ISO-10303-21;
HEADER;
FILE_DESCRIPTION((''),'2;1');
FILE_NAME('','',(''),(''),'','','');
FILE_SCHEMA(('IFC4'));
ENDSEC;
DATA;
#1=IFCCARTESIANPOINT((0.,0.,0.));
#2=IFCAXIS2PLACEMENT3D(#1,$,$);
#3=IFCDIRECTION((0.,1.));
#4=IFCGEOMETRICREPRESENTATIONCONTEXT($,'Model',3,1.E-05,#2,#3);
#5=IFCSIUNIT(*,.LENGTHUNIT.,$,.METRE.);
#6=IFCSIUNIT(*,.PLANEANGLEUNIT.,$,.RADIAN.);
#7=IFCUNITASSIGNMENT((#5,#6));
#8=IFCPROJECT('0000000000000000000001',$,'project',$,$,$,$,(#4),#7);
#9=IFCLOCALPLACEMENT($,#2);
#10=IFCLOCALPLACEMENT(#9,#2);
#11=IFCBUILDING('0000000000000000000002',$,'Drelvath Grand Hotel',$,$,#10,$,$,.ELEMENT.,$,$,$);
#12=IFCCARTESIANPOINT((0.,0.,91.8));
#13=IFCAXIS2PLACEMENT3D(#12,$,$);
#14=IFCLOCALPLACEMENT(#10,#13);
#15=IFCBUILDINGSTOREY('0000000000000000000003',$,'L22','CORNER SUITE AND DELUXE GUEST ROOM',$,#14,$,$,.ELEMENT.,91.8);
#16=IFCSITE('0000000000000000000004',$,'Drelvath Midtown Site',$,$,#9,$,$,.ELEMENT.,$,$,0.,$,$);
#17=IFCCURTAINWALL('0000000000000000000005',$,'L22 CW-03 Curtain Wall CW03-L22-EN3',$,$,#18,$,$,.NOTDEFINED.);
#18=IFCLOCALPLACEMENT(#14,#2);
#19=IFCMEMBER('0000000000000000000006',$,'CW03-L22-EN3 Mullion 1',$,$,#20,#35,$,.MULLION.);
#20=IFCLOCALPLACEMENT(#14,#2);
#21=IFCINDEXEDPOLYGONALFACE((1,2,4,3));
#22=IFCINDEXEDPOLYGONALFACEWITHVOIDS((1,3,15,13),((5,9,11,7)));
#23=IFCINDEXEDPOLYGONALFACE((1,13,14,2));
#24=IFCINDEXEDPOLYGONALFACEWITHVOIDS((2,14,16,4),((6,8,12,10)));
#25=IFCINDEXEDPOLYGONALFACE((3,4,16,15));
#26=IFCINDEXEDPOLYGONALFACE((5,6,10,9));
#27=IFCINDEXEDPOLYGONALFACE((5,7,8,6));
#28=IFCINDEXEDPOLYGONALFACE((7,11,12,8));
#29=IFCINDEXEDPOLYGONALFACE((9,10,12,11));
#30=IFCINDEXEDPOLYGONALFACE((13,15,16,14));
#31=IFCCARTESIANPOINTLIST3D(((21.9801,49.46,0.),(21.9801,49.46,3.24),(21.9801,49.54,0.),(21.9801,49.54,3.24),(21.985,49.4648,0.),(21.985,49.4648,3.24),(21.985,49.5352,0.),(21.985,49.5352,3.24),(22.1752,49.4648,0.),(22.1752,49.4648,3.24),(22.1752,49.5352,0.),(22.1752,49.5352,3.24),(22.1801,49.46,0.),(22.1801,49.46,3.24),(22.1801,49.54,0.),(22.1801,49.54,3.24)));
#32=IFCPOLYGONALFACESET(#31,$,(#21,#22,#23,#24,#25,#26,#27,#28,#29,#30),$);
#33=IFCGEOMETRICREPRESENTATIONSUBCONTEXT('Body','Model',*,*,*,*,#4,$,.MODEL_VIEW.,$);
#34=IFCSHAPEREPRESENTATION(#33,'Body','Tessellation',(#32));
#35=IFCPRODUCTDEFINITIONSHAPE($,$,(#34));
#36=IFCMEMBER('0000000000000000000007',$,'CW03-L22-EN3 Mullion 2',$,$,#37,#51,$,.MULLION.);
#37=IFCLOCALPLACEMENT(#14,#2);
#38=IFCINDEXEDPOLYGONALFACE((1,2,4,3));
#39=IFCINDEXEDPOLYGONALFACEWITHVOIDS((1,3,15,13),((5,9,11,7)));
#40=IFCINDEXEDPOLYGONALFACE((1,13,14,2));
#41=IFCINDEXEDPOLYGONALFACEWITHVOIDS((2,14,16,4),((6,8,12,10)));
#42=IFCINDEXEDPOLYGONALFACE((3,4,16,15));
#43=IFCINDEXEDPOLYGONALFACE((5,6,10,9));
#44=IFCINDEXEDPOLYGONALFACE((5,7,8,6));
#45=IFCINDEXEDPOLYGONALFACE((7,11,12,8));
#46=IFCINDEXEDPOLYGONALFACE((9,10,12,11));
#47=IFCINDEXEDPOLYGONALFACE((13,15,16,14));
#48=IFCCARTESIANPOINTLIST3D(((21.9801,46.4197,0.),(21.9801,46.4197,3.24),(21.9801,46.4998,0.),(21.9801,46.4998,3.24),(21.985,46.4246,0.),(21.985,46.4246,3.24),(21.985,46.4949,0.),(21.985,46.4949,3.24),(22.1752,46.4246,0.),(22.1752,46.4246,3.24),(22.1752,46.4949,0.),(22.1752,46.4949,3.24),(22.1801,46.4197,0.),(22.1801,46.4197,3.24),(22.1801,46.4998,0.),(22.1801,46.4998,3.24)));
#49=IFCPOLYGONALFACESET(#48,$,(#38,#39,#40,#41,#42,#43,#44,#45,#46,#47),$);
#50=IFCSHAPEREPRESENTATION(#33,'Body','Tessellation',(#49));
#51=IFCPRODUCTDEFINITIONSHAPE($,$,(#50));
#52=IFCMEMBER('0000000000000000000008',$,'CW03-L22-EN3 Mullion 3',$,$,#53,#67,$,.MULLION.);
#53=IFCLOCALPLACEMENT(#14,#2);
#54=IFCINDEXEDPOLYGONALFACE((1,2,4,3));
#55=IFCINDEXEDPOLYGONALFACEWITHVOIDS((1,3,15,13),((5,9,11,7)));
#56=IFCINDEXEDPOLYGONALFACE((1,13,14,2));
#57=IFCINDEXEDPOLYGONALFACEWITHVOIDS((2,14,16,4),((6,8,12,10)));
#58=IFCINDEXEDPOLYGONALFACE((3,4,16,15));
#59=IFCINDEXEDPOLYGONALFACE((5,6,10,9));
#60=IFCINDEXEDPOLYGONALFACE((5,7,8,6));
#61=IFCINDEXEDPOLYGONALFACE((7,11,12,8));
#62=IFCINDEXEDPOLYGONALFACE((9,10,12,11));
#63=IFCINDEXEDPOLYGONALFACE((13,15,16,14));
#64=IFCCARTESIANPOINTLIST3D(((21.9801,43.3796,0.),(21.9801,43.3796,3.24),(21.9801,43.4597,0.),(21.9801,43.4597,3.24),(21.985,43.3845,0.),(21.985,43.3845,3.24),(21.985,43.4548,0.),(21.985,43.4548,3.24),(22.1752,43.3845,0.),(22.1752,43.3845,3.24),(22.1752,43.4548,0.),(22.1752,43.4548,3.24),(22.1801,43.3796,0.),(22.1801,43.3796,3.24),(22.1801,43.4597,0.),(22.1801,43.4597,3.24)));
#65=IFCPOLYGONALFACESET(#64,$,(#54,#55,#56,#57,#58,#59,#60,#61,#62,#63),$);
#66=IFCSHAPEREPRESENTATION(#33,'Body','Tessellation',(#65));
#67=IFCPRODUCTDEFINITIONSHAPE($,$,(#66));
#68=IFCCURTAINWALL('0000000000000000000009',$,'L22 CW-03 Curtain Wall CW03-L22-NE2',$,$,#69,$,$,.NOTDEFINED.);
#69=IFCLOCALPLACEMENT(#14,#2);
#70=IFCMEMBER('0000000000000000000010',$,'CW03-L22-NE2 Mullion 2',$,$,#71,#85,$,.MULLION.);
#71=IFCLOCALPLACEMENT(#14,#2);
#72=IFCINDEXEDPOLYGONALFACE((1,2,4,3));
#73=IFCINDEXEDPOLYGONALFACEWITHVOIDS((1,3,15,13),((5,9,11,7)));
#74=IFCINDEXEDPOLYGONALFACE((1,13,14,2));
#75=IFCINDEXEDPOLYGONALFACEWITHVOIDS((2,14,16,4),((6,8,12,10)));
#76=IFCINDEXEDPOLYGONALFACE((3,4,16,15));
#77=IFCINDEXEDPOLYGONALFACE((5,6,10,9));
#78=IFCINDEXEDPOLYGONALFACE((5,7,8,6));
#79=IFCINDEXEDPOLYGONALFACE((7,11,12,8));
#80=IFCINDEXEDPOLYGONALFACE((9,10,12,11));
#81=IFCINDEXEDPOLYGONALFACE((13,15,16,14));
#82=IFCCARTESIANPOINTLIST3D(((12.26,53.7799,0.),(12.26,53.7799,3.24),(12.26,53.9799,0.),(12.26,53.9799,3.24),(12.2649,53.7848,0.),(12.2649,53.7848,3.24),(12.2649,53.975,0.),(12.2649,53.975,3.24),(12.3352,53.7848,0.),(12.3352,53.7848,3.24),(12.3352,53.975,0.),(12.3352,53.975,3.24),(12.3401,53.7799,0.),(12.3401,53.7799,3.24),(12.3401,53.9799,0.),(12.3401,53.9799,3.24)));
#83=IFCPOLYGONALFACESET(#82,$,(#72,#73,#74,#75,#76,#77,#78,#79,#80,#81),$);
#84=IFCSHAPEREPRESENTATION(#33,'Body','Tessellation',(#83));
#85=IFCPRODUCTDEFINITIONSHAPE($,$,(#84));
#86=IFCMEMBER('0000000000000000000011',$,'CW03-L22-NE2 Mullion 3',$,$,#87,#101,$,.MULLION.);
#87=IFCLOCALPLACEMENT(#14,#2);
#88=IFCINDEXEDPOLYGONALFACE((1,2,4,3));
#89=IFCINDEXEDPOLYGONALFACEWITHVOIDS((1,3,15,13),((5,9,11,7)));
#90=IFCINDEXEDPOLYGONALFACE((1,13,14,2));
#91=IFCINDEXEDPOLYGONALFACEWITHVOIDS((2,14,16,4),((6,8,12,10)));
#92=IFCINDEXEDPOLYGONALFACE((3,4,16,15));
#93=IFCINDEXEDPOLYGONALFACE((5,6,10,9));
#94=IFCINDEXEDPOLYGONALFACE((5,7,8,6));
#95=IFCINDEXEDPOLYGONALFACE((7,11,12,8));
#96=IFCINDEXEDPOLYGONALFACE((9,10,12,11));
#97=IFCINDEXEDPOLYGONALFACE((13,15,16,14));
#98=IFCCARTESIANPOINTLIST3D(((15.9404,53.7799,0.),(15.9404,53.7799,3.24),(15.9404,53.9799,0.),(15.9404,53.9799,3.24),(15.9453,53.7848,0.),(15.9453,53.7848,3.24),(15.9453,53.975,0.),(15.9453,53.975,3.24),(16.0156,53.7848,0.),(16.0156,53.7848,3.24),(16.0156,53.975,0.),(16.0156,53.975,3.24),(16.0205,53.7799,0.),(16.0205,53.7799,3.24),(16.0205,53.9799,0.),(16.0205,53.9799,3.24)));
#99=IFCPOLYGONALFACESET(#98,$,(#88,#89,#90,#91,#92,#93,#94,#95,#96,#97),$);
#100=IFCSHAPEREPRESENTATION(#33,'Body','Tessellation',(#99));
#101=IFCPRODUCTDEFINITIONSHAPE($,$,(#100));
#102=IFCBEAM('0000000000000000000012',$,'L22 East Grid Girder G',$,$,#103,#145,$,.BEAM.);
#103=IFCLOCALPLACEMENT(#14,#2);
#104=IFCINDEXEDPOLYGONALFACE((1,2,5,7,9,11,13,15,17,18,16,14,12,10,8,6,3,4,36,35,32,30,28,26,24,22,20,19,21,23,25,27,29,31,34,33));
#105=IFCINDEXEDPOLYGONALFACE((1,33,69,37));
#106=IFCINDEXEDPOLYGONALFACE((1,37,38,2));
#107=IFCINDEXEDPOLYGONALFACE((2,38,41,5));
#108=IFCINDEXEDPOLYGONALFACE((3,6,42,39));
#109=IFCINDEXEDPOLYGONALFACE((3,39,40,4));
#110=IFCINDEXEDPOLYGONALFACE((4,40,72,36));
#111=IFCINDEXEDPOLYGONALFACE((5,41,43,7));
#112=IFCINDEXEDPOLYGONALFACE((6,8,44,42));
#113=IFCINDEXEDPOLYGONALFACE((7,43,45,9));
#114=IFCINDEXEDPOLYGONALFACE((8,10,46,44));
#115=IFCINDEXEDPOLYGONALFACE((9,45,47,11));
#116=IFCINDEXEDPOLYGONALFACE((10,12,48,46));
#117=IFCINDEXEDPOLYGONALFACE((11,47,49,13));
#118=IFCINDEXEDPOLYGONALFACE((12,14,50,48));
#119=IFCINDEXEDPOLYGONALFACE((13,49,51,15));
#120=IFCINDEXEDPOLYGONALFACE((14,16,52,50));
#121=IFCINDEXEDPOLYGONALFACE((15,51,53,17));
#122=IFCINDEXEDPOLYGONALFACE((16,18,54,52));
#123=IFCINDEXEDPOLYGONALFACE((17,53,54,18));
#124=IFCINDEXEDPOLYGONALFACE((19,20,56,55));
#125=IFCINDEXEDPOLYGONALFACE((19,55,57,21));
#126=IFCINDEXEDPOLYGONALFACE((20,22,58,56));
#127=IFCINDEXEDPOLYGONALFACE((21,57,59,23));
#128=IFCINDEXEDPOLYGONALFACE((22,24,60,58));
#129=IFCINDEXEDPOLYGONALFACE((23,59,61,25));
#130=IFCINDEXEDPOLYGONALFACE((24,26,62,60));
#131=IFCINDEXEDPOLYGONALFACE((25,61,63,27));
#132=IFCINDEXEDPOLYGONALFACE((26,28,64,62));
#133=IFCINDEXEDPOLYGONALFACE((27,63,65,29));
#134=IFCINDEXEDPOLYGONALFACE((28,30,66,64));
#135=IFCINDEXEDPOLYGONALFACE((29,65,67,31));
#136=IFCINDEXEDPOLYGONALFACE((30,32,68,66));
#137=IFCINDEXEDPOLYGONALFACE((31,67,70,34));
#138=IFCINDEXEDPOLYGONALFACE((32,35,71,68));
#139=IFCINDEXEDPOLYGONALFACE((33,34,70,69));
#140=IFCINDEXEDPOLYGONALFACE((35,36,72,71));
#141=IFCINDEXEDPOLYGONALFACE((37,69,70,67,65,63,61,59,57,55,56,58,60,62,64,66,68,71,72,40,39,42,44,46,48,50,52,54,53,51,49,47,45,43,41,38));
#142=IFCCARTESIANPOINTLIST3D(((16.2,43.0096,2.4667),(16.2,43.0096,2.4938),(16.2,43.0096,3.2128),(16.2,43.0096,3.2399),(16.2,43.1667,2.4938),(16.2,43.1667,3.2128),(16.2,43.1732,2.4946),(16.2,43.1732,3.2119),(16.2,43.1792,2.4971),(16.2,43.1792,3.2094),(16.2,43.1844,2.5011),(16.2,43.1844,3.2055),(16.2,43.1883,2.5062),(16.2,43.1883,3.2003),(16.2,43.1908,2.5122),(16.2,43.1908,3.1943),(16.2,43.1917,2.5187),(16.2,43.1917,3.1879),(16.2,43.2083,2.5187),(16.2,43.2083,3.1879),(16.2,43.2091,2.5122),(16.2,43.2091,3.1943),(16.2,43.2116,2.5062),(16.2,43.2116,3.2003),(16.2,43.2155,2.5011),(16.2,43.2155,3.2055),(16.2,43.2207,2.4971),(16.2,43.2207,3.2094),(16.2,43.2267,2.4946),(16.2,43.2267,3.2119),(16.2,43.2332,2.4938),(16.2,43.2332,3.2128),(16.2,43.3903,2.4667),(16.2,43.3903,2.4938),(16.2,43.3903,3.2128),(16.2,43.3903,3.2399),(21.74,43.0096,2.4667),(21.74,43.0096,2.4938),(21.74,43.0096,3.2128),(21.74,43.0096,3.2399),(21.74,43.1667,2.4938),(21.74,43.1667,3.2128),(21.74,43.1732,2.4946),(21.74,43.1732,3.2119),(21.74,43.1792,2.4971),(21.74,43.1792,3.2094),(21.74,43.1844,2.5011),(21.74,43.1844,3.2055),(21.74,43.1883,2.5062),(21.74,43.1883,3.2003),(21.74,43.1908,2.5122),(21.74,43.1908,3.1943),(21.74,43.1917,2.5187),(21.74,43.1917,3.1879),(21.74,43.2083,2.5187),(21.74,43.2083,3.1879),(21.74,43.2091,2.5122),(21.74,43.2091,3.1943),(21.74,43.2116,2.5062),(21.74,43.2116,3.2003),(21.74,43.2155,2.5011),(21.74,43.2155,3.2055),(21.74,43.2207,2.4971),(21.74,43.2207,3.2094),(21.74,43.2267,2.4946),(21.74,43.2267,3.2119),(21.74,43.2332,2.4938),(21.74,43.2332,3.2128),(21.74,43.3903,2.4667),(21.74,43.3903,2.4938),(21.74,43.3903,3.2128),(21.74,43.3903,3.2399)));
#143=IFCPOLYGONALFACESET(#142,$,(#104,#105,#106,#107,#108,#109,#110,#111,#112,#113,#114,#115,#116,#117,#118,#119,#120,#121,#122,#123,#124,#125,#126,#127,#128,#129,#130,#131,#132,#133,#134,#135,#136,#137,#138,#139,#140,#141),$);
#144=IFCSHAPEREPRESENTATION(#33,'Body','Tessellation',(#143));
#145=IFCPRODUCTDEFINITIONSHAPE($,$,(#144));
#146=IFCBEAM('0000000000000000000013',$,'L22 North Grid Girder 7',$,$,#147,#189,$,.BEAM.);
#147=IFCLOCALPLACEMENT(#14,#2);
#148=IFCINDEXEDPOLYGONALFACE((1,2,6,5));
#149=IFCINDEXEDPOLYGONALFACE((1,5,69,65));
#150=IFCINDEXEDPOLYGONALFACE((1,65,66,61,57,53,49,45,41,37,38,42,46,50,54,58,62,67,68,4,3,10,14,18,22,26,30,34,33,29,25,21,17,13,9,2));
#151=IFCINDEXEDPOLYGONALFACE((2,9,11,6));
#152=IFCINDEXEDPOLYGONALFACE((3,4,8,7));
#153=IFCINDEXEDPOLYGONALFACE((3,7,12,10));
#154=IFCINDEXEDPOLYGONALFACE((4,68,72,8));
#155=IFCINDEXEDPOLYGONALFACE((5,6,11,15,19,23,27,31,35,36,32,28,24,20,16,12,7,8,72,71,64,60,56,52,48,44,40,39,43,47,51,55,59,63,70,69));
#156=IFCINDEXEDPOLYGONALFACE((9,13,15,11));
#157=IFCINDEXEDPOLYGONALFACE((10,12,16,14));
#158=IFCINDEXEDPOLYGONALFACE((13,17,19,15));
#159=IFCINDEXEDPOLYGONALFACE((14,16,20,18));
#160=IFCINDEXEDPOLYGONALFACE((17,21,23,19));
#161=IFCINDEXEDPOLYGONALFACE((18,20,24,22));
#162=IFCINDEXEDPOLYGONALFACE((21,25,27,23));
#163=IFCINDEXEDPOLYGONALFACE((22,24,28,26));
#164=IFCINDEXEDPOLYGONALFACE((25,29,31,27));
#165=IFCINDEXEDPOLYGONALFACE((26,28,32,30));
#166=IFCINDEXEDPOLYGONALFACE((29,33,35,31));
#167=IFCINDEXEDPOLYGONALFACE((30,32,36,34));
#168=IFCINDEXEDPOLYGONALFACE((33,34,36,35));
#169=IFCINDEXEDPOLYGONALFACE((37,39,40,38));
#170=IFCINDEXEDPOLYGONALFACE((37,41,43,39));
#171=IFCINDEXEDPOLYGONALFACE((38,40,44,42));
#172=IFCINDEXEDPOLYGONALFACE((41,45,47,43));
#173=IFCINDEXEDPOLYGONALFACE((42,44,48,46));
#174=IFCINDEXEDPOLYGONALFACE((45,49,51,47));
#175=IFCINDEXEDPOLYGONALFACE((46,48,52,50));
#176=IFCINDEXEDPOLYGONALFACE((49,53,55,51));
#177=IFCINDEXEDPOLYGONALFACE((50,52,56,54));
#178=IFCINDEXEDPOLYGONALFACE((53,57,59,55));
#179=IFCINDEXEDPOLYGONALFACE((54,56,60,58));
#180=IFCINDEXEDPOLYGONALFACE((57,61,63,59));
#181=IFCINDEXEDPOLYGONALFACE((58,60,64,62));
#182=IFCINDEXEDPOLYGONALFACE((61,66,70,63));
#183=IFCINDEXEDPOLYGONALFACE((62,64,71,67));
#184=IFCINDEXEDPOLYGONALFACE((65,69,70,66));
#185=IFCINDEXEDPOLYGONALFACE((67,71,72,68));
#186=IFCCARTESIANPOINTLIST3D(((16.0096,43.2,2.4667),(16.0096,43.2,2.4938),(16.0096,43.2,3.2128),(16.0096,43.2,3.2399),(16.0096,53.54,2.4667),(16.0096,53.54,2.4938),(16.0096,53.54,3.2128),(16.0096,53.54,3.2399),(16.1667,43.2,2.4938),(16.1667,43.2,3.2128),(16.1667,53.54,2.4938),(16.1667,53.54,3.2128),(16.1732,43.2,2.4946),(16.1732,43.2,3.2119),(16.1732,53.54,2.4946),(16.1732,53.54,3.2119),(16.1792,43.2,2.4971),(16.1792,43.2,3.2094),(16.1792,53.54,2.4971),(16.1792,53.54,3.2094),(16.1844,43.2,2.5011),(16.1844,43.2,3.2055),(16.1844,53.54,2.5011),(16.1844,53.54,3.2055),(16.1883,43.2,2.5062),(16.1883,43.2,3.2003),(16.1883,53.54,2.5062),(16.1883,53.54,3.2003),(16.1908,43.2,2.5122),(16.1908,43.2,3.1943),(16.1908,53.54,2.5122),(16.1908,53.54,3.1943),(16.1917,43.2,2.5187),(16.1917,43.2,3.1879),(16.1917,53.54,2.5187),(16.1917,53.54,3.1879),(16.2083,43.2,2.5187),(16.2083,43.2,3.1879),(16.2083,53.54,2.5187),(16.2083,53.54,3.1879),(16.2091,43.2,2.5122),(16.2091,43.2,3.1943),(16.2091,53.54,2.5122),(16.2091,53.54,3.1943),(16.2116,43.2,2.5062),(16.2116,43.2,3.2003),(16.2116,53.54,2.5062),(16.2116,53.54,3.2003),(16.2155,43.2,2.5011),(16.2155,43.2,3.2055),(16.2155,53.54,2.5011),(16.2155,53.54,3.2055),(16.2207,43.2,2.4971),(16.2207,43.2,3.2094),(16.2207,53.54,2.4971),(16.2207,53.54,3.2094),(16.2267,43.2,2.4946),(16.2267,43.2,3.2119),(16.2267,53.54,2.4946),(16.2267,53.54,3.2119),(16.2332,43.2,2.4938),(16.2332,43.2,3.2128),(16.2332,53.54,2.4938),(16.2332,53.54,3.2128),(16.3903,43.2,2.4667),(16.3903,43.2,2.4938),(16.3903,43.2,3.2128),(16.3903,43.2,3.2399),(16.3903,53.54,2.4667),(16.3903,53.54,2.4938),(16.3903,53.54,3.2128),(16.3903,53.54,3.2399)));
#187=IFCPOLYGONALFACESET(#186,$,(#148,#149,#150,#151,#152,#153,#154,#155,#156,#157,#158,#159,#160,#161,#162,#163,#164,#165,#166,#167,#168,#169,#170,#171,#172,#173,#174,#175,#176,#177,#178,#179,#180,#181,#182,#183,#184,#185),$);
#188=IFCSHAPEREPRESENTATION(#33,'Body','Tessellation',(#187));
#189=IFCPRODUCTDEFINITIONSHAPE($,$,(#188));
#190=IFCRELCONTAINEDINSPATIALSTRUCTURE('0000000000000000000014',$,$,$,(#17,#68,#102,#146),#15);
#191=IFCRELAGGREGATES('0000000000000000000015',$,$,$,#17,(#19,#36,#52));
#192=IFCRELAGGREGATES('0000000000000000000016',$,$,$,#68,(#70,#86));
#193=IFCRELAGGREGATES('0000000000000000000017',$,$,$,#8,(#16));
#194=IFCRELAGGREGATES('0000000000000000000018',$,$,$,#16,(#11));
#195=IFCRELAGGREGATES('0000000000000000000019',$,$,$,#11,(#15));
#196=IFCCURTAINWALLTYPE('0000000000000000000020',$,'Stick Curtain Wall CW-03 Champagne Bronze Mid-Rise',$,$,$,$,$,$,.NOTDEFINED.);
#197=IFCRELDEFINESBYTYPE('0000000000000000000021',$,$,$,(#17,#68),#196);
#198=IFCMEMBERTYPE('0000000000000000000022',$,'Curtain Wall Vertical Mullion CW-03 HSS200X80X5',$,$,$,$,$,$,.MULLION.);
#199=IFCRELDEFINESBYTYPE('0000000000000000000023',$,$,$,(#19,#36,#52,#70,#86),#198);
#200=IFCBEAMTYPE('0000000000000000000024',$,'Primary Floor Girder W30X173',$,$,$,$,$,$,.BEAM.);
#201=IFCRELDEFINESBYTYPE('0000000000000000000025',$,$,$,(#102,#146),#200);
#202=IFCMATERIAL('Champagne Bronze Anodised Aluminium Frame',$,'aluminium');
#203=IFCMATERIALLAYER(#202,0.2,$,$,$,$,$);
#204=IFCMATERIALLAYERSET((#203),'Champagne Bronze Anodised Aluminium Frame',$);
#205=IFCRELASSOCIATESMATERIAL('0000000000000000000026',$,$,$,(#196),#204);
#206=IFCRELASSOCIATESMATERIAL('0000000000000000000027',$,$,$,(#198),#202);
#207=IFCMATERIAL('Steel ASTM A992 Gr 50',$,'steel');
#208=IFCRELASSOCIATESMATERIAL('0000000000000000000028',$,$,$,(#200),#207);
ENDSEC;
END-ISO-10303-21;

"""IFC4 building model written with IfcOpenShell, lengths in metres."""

from ifc_helpers import new_model, si_unit, direction, frame, origin, origin_2d, place, context, subcontext, project, spatial, hollow_rectangle, i_section, extrude, material, layer, layer_set, material_profile, profile_set, type_object, element, aggregate, save


model = new_model("IFC4")

# Units and contexts
model_context = context("Model", 3, precision=1e-05, world=origin(), true_north=direction((0.0, 1.0)))
body_context = subcontext(model_context, "Body", "Model", "MODEL_VIEW")
ifc_project = project(units=[si_unit("LENGTHUNIT", "METRE"), si_unit("PLANEANGLEUNIT", "RADIAN")], contexts=[model_context])

# Site, building, storey
site_placement = place(None, origin())
site = spatial("IfcSite", under=ifc_project, at=site_placement, Name="Drelvath Midtown Site", CompositionType="ELEMENT", RefElevation=0.0)
building_placement = place(site_placement, origin())
building = spatial("IfcBuilding", under=site, at=building_placement, Name="Drelvath Grand Hotel", CompositionType="ELEMENT")
storey_placement = place(building_placement, frame((0.0, 0.0, 91.8)))
storey = spatial("IfcBuildingStorey", under=building, at=storey_placement, Name="L22", Description="CORNER SUITE AND DELUXE GUEST ROOM", CompositionType="ELEMENT", Elevation=91.8)

# Curtain wall
ifc_material_1 = material(Name="Champagne Bronze Anodised Aluminium Frame", Category="aluminium")
ifc_layer_1 = layer(ifc_material_1, 0.2)
ifc_layer_set_1 = layer_set([ifc_layer_1], Name="Champagne Bronze Anodised Aluminium Frame")
curtain_wall_type = type_object("IfcCurtainWallType", Name="Stick Curtain Wall CW-03 Champagne Bronze Mid-Rise", PredefinedType="NOTDEFINED", material=ifc_layer_set_1)
curtain_wall_1_placement = place(storey_placement, origin())
curtain_wall_1 = element("IfcCurtainWall", 1, at=curtain_wall_1_placement, inside=storey, type_object=curtain_wall_type, Name="L22 CW-03 Curtain Wall CW03-L22-EN3", PredefinedType="NOTDEFINED")

# Members
ifc_material_profile_1 = material_profile(ifc_material_1, hollow_rectangle(XDim=0.0801, YDim=0.2, WallThickness=0.0049, at=origin_2d()), Name="HSS200X80X5")
ifc_profile_set_1 = profile_set([ifc_material_profile_1], Name="Champagne Bronze Anodised Aluminium Frame")
member_type_1 = type_object("IfcMemberType", Name="Curtain Wall Vertical Mullion CW-03 HSS200X80X5", PredefinedType="MULLION", material=ifc_profile_set_1)
member_1_placement = place(storey_placement, frame((22.0801, 49.5, 0.0), z_axis=(0.0, 0.0, 1.0), x_axis=(0.0, 1.0, 0.0)))
member_1 = element("IfcMember", 2, at=member_1_placement, type_object=member_type_1, Name="CW03-L22-EN3 Mullion 1", PredefinedType="MULLION", context=body_context, shape_type="SweptSolid", body=[
    extrude(hollow_rectangle(XDim=0.0801, YDim=0.2, WallThickness=0.0049, at=origin_2d()), origin(), (0.0, 0.0, 1.0), 3.24),
])
member_2_placement = place(storey_placement, frame((22.0801, 46.4597, 0.0), z_axis=(0.0, 0.0, 1.0), x_axis=(0.0, 1.0, 0.0)))
member_2 = element("IfcMember", 3, at=member_2_placement, type_object=member_type_1, Name="CW03-L22-EN3 Mullion 2", PredefinedType="MULLION", context=body_context, shape_type="SweptSolid", body=[
    extrude(hollow_rectangle(XDim=0.0801, YDim=0.2, WallThickness=0.0049, at=origin_2d()), origin(), (0.0, 0.0, 1.0), 3.24),
])
member_3_placement = place(storey_placement, frame((22.0801, 43.4197, 0.0), z_axis=(0.0, 0.0, 1.0), x_axis=(0.0, 1.0, 0.0)))
member_3 = element("IfcMember", 4, at=member_3_placement, type_object=member_type_1, Name="CW03-L22-EN3 Mullion 3", PredefinedType="MULLION", context=body_context, shape_type="SweptSolid", body=[
    extrude(hollow_rectangle(XDim=0.0801, YDim=0.2, WallThickness=0.0049, at=origin_2d()), origin(), (0.0, 0.0, 1.0), 3.24),
])

# Curtain wall, members
curtain_wall_2_placement = place(storey_placement, origin())
curtain_wall_2 = element("IfcCurtainWall", 5, at=curtain_wall_2_placement, inside=storey, type_object=curtain_wall_type, Name="L22 CW-03 Curtain Wall CW03-L22-NE2", PredefinedType="NOTDEFINED")
member_4_placement = place(storey_placement, frame((12.3, 53.8799, 0.0), z_axis=(0.0, 0.0, 1.0), x_axis=(1.0, 0.0, 0.0)))
member_4 = element("IfcMember", 6, at=member_4_placement, type_object=member_type_1, Name="CW03-L22-NE2 Mullion 2", PredefinedType="MULLION", context=body_context, shape_type="SweptSolid", body=[
    extrude(hollow_rectangle(XDim=0.0801, YDim=0.2, WallThickness=0.0049, at=origin_2d()), origin(), (0.0, 0.0, 1.0), 3.24),
])
member_5_placement = place(storey_placement, frame((15.9805, 53.8799, 0.0), z_axis=(0.0, 0.0, 1.0), x_axis=(1.0, 0.0, 0.0)))
member_5 = element("IfcMember", 7, at=member_5_placement, type_object=member_type_1, Name="CW03-L22-NE2 Mullion 3", PredefinedType="MULLION", context=body_context, shape_type="SweptSolid", body=[
    extrude(hollow_rectangle(XDim=0.0801, YDim=0.2, WallThickness=0.0049, at=origin_2d()), origin(), (0.0, 0.0, 1.0), 3.24),
])

# Beams
ifc_material_2 = material(Name="Steel ASTM A992 Gr 50", Category="steel")
ifc_material_profile_2 = material_profile(ifc_material_2, i_section(OverallWidth=0.3806, OverallDepth=0.7732, WebThickness=0.0166, FlangeThickness=0.0271, FilletRadius=0.0249, at=origin_2d()), Name="W30X173")
ifc_profile_set_2 = profile_set([ifc_material_profile_2], Name="Steel ASTM A992 Gr 50")
beam_type = type_object("IfcBeamType", Name="Primary Floor Girder W30X173", PredefinedType="BEAM", material=ifc_profile_set_2)
beam_1_placement = place(storey_placement, frame((16.2, 43.2, 2.8533), z_axis=(1.0, 0.0, 0.0), x_axis=(0.0, 1.0, 0.0)))
element("IfcBeam", 8, at=beam_1_placement, inside=storey, type_object=beam_type, Name="L22 East Grid Girder G", PredefinedType="BEAM", context=body_context, shape_type="SweptSolid", body=[
    extrude(i_section(OverallWidth=0.3806, OverallDepth=0.7732, WebThickness=0.0166, FlangeThickness=0.0271, FilletRadius=0.0249, at=origin_2d()), origin(), (0.0, 0.0, 1.0), 5.54),
])
beam_2_placement = place(storey_placement, frame((16.2, 43.2, 2.8533), z_axis=(0.0, 1.0, 0.0), x_axis=(-1.0, 0.0, 0.0)))
element("IfcBeam", 9, at=beam_2_placement, inside=storey, type_object=beam_type, Name="L22 North Grid Girder 7", PredefinedType="BEAM", context=body_context, shape_type="SweptSolid", body=[
    extrude(i_section(OverallWidth=0.3806, OverallDepth=0.7732, WebThickness=0.0166, FlangeThickness=0.0271, FilletRadius=0.0249, at=origin_2d()), origin(), (0.0, 0.0, 1.0), 10.3401),
])

aggregate(curtain_wall_1, [member_1, member_2, member_3])
aggregate(curtain_wall_2, [member_4, member_5])

save(model, "model.ifc")
